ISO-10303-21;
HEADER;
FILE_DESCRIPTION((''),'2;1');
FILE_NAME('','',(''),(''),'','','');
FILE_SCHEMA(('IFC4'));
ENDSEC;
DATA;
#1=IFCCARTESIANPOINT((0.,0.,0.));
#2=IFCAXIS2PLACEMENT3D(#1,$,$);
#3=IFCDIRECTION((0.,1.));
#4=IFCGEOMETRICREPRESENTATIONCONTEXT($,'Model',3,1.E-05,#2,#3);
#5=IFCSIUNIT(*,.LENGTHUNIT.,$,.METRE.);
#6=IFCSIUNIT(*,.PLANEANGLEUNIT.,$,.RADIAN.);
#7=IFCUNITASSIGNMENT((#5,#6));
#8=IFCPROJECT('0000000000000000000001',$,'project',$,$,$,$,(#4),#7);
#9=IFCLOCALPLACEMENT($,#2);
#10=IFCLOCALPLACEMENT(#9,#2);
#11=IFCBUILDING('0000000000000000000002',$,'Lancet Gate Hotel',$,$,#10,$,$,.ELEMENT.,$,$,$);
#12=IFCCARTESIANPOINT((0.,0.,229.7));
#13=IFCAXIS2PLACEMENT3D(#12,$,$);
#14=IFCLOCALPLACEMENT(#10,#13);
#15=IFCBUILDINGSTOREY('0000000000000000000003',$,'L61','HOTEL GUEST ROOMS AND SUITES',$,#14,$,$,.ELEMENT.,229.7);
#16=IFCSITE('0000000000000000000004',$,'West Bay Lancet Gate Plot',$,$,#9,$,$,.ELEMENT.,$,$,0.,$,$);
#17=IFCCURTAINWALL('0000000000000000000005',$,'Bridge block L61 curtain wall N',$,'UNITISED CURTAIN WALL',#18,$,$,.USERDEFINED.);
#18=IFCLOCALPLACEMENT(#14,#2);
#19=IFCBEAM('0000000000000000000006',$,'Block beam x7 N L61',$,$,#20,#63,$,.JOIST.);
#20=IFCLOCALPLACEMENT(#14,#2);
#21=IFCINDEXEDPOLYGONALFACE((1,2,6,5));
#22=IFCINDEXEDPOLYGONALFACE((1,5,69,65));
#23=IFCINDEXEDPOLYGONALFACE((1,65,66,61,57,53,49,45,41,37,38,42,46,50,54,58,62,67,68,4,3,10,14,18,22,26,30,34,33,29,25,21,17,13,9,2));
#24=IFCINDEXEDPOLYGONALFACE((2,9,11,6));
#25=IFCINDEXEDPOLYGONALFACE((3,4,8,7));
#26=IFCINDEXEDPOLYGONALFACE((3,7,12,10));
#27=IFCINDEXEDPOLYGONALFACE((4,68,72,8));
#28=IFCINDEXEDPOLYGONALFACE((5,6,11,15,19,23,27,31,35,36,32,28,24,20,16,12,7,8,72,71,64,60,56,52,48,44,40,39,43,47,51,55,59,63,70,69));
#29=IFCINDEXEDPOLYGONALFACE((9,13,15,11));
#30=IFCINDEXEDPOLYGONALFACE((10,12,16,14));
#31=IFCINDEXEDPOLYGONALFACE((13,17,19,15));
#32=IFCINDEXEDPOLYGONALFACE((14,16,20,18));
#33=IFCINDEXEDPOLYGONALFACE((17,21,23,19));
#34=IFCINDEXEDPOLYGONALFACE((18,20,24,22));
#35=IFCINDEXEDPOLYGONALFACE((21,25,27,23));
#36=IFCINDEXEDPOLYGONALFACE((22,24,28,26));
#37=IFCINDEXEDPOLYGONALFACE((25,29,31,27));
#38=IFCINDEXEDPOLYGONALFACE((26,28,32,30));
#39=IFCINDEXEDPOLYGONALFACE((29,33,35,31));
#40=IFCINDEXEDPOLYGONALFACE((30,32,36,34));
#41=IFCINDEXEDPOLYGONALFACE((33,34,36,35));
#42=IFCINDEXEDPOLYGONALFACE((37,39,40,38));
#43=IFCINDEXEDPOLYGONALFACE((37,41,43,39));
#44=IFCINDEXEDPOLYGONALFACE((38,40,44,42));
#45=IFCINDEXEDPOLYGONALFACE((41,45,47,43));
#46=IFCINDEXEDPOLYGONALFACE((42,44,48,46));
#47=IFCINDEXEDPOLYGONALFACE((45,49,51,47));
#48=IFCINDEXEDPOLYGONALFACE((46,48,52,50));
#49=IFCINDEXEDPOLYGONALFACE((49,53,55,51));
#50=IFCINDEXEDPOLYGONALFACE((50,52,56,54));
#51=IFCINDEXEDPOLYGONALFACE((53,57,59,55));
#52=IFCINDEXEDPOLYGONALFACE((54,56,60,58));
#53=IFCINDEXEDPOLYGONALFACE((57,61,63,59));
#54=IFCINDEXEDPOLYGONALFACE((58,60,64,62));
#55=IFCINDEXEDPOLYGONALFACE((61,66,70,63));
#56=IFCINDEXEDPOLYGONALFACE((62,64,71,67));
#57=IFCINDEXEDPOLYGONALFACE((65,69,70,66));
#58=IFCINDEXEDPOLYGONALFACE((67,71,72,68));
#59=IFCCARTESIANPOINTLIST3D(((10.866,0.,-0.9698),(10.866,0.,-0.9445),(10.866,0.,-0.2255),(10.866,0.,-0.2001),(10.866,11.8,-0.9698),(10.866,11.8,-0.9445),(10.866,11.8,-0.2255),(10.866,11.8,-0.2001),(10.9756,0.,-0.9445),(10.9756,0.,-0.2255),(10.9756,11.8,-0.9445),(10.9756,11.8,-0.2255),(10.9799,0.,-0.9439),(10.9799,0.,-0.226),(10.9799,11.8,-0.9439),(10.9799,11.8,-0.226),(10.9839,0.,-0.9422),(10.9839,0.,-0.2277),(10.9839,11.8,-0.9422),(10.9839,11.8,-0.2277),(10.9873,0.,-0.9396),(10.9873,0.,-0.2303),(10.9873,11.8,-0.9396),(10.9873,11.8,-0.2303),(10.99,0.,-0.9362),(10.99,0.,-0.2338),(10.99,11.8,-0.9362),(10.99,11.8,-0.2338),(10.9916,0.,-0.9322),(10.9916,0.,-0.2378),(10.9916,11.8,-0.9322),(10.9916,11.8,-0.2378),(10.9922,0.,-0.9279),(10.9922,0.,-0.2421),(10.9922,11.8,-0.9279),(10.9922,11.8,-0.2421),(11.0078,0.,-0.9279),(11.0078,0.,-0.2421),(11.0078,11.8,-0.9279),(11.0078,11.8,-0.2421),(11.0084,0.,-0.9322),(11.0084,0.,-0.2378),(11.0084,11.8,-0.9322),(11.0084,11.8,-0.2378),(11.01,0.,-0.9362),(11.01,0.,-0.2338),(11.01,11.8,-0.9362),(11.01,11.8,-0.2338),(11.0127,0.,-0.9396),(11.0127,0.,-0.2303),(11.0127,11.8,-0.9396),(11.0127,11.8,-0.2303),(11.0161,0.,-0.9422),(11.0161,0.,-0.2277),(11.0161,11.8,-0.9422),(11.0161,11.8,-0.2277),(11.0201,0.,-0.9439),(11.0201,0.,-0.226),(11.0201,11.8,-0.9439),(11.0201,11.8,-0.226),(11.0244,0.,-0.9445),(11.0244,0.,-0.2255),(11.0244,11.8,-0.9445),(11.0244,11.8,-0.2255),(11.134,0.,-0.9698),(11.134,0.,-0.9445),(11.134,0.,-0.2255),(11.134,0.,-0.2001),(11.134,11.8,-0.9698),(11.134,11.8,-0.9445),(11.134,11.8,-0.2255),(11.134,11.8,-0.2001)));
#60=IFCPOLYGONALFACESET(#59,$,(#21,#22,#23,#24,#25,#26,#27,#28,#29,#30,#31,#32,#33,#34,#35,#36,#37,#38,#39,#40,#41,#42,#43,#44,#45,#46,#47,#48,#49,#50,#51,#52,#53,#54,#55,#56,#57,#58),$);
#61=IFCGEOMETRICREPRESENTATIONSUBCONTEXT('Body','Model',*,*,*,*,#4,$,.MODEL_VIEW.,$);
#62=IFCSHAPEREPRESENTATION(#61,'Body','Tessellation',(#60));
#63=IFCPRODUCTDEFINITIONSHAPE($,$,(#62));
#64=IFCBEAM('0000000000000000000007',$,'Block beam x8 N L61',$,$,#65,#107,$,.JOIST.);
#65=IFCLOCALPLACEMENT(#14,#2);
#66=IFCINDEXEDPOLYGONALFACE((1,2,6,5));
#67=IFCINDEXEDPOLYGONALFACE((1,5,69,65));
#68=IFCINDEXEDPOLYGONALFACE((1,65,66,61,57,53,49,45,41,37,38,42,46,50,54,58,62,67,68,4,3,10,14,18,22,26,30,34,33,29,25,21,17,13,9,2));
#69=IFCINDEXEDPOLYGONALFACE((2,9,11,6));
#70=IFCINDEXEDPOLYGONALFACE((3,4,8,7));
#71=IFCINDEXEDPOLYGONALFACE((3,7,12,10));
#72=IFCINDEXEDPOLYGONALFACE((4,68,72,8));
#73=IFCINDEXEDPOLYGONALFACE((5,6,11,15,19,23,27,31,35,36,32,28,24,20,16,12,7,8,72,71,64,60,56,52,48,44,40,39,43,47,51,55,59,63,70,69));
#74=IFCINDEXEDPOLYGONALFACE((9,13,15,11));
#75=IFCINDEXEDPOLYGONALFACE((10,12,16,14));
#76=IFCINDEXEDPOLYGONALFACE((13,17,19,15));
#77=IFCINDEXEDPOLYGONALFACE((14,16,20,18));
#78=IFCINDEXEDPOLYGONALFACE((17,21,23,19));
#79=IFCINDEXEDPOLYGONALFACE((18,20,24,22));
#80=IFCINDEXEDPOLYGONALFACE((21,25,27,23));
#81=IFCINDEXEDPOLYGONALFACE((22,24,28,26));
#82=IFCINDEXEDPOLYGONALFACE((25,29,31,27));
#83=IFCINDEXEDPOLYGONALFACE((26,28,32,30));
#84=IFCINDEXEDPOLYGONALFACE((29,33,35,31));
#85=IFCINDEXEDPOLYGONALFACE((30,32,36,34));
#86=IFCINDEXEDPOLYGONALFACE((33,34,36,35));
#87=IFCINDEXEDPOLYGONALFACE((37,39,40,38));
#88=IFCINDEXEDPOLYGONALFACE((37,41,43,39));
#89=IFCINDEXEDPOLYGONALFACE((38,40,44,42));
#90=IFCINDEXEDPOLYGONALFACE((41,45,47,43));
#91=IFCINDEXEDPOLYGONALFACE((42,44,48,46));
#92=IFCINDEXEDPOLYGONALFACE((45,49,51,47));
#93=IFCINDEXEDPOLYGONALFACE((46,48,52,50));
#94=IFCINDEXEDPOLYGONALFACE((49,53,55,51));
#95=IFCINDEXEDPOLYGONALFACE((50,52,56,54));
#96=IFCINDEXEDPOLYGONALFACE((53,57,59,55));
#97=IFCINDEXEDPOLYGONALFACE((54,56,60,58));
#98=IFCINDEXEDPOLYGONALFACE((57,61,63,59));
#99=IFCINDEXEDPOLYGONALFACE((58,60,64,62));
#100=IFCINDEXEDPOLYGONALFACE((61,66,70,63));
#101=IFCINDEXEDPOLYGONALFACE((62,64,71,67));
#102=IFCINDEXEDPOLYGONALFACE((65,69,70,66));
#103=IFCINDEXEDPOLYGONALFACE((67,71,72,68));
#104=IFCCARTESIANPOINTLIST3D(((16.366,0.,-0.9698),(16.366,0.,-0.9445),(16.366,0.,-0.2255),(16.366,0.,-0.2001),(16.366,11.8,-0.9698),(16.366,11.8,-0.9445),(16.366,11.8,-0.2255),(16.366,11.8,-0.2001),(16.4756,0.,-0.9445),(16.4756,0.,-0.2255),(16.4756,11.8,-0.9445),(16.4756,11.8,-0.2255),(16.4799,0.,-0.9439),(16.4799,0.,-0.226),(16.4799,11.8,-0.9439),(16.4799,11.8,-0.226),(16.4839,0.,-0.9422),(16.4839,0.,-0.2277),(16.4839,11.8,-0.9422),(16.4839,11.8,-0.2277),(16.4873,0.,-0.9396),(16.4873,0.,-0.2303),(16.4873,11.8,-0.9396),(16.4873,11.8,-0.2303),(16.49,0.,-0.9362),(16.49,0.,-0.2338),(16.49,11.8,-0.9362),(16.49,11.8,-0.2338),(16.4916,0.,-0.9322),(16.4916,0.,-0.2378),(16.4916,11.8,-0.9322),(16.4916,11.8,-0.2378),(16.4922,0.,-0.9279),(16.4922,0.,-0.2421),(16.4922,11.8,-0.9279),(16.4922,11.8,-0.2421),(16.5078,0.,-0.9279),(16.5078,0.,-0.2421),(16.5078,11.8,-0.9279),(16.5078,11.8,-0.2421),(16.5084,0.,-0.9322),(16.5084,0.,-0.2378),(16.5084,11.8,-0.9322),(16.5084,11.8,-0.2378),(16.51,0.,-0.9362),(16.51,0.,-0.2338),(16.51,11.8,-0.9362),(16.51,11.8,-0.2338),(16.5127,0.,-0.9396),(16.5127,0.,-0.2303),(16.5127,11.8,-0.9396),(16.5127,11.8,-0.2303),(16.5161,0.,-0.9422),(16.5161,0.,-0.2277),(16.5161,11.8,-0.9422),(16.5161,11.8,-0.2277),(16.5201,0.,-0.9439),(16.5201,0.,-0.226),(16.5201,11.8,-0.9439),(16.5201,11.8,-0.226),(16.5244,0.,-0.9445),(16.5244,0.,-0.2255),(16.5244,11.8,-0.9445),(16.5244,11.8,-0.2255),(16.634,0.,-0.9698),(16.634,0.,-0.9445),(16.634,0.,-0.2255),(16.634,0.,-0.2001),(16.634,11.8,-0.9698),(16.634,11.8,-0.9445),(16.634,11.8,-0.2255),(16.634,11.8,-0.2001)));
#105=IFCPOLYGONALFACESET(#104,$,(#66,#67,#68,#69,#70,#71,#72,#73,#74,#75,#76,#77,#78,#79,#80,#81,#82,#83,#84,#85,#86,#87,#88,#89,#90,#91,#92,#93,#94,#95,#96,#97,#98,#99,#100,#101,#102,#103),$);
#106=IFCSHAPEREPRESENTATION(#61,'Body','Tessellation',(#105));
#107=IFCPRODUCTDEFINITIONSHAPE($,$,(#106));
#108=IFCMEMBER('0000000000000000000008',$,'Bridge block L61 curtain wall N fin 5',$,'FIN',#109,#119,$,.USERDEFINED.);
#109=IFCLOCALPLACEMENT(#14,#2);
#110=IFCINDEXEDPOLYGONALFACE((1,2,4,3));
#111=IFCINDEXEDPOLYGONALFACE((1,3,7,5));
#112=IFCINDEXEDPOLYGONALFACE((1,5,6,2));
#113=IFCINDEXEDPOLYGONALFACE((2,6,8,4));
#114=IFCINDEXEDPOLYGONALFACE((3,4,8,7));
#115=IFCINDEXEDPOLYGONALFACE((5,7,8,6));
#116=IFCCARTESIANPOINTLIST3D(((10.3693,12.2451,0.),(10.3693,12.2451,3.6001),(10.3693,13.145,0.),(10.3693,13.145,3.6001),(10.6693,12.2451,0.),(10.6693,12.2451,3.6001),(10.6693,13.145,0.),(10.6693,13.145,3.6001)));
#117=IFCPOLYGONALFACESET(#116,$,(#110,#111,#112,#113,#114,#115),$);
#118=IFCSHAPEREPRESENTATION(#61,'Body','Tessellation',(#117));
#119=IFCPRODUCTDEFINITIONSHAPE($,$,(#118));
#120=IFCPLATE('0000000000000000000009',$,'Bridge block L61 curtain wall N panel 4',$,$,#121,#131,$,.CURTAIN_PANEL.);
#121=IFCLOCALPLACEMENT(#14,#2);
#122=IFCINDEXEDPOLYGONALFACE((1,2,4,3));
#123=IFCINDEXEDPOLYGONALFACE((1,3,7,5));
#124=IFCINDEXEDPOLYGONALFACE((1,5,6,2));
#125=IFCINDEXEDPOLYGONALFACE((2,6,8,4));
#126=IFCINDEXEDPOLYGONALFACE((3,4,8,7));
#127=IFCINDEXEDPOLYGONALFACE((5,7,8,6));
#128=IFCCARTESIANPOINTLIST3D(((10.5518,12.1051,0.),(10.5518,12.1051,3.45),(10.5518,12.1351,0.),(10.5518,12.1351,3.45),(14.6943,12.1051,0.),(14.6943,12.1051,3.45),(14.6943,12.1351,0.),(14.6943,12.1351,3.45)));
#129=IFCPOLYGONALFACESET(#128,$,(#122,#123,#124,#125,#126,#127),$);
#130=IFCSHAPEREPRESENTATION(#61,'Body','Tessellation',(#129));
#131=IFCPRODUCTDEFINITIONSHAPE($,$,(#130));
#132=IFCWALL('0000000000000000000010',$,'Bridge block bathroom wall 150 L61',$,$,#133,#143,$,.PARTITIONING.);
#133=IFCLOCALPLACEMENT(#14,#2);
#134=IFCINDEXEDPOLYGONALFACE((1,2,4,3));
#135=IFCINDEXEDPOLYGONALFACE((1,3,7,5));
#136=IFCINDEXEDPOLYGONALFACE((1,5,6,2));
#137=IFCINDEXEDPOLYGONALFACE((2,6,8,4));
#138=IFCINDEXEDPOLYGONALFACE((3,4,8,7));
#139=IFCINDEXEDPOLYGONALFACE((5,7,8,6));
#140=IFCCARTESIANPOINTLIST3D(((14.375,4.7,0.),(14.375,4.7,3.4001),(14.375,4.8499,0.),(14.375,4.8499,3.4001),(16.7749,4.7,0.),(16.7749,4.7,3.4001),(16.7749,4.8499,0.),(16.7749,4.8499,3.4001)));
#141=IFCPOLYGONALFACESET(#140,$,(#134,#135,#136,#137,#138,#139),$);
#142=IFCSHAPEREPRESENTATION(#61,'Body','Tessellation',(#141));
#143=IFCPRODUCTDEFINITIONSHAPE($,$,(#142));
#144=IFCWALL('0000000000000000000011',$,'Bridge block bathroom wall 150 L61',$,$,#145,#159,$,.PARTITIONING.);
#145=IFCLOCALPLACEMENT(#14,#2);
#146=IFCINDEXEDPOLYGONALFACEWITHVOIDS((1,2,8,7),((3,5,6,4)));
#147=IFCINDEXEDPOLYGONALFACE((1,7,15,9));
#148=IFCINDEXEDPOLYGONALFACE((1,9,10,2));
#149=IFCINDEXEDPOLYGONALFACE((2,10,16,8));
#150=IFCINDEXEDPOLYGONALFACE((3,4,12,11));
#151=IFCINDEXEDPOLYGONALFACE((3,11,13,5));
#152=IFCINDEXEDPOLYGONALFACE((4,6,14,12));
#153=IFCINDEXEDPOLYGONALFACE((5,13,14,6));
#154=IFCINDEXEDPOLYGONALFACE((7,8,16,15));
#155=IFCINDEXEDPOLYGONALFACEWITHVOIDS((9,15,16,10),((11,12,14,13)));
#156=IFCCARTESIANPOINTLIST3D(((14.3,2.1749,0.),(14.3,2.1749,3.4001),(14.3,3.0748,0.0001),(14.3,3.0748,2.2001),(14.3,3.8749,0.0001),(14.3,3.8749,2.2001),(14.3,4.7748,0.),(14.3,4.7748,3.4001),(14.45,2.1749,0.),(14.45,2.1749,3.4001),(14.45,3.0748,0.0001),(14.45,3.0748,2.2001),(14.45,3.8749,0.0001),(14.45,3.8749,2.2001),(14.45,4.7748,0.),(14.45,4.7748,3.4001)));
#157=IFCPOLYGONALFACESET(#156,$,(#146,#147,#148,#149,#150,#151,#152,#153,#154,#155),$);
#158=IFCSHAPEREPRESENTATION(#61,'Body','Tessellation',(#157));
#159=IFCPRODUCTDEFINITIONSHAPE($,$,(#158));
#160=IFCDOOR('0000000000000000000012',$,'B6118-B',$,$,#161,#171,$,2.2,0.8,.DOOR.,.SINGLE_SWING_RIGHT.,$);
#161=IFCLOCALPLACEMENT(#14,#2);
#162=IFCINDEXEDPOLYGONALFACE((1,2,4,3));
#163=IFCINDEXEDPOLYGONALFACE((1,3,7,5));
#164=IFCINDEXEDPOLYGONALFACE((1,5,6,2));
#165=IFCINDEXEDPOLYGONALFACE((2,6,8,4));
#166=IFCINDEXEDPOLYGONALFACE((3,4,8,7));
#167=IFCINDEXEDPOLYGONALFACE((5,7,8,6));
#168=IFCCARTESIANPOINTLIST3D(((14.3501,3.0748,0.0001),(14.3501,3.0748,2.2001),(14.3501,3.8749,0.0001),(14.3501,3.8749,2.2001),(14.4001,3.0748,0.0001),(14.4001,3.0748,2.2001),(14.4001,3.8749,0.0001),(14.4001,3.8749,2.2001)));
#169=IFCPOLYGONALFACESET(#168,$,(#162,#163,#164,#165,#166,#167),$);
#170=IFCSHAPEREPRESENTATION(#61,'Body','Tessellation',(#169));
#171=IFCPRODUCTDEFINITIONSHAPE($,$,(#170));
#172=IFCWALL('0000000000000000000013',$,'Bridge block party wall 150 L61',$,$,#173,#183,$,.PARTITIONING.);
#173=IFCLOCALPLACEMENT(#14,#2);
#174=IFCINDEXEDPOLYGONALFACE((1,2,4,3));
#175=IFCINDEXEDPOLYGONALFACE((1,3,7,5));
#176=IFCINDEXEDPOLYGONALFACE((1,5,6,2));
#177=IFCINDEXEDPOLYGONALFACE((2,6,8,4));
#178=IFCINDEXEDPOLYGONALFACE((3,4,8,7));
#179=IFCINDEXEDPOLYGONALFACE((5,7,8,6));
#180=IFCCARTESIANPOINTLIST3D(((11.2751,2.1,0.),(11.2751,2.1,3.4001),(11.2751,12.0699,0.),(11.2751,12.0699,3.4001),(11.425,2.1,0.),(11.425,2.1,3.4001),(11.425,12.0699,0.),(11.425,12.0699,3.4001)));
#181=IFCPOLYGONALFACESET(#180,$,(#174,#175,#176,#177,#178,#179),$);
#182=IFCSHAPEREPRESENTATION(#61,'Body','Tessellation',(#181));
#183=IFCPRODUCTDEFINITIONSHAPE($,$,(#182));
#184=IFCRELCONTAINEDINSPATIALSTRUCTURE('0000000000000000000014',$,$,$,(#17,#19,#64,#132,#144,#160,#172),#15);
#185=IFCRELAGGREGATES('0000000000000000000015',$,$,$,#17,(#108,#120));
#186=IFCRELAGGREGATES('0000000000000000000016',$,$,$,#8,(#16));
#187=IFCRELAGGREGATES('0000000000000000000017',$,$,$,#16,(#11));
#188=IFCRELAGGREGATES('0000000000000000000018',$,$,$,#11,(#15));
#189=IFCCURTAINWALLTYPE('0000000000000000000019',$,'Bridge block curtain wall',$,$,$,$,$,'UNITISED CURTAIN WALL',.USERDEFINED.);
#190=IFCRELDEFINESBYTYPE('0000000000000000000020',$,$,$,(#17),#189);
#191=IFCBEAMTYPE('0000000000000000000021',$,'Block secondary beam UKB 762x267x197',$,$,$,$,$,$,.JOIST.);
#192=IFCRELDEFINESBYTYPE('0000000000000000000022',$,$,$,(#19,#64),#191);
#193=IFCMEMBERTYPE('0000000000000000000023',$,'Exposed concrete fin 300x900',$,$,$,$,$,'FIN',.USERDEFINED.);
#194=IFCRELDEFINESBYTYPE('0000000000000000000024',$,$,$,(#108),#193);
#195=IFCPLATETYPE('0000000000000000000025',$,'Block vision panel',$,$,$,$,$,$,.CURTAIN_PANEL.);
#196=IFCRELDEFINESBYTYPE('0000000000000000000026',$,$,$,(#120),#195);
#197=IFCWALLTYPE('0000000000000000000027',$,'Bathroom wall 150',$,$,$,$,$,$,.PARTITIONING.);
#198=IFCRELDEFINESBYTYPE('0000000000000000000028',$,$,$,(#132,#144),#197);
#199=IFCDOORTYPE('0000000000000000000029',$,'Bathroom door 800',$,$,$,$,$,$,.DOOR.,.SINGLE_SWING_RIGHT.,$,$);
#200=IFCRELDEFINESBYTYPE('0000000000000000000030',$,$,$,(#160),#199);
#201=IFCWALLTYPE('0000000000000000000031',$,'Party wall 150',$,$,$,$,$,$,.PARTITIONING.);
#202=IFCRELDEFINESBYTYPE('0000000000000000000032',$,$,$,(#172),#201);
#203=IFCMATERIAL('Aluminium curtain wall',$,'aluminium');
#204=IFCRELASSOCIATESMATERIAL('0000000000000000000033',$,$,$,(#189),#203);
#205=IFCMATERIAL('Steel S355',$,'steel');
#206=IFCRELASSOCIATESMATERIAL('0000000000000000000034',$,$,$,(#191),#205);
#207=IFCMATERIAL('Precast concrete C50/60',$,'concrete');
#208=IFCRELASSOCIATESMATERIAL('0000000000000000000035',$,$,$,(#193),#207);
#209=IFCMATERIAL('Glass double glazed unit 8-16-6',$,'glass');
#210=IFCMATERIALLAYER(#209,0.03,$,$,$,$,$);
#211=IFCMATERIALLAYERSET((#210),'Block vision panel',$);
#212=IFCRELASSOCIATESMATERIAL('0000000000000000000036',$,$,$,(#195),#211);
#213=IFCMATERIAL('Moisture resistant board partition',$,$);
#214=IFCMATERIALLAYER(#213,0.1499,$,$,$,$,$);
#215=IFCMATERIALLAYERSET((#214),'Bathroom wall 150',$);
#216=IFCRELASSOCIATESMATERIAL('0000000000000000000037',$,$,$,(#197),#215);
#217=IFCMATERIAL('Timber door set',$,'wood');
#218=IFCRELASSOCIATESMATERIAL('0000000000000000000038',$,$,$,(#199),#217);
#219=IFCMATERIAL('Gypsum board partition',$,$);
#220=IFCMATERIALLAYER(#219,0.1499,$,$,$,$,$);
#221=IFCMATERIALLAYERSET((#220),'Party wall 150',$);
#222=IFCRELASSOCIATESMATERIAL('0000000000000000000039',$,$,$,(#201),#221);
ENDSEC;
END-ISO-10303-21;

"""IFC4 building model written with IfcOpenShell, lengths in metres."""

from ifc_helpers import new_model, si_unit, direction, frame, frame_2d, origin, origin_2d, place, context, subcontext, project, spatial, rectangle, i_section, extrude, material, layer, layer_set, material_profile, profile_set, type_object, element, fill, aggregate, save


model = new_model("IFC4")

# Units and contexts
model_context = context("Model", 3, precision=1e-05, world=origin(), true_north=direction((0.0, 1.0)))
body_context = subcontext(model_context, "Body", "Model", "MODEL_VIEW")
ifc_project = project(units=[si_unit("LENGTHUNIT", "METRE"), si_unit("PLANEANGLEUNIT", "RADIAN")], contexts=[model_context])

# Site, building, storey
site_placement = place(None, origin())
site = spatial("IfcSite", under=ifc_project, at=site_placement, Name="West Bay Lancet Gate Plot", CompositionType="ELEMENT", RefElevation=0.0)
building_placement = place(site_placement, origin())
building = spatial("IfcBuilding", under=site, at=building_placement, Name="Lancet Gate Hotel", CompositionType="ELEMENT")
storey_placement = place(building_placement, frame((0.0, 0.0, 229.7)))
storey = spatial("IfcBuildingStorey", under=building, at=storey_placement, Name="L61", Description="HOTEL GUEST ROOMS AND SUITES", CompositionType="ELEMENT", Elevation=229.7)

# Curtain wall
ifc_material_1 = material(Name="Aluminium curtain wall", Category="aluminium")
curtain_wall_type = type_object("IfcCurtainWallType", Name="Bridge block curtain wall", ElementType="UNITISED CURTAIN WALL", PredefinedType="USERDEFINED", material=ifc_material_1)
curtain_wall_placement = place(storey_placement, origin())
curtain_wall = element("IfcCurtainWall", 1, at=curtain_wall_placement, inside=storey, type_object=curtain_wall_type, Name="Bridge block L61 curtain wall N", ObjectType="UNITISED CURTAIN WALL", PredefinedType="USERDEFINED")

# Beams
ifc_material_2 = material(Name="Steel S355", Category="steel")
ifc_material_profile_1 = material_profile(ifc_material_2, i_section(OverallWidth=0.2681, OverallDepth=0.7698, WebThickness=0.0156, FlangeThickness=0.0254, FilletRadius=0.0166, at=origin_2d()), Name="UKB 762x267x197")
ifc_profile_set_1 = profile_set([ifc_material_profile_1], Name="Steel S355")
beam_type_1 = type_object("IfcBeamType", Name="Block secondary beam UKB 762x267x197", PredefinedType="JOIST", material=ifc_profile_set_1)
for number, where, z_axis, x_axis, name in (
    (2, (11.0, 0.0, -0.585), (0.0, 1.0, 0.0), (-1.0, 0.0, 0.0), "Block beam x7 N L61"),
    (3, (16.5, 0.0, -0.585), (0.0, 1.0, 0.0), (-1.0, 0.0, 0.0), "Block beam x8 N L61"),
):
    element("IfcBeam", number, at=place(storey_placement, frame(where, z_axis=z_axis, x_axis=x_axis)), inside=storey, type_object=beam_type_1, Name=name, PredefinedType="JOIST", context=body_context, shape_type="SweptSolid", body=[
        extrude(i_section(OverallWidth=0.2681, OverallDepth=0.7698, WebThickness=0.0156, FlangeThickness=0.0254, FilletRadius=0.0166, at=origin_2d()), origin(), (0.0, 0.0, 1.0), 11.8),
    ])

# Member
ifc_material_3 = material(Name="Precast concrete C50/60", Category="concrete")
ifc_material_profile_2 = material_profile(ifc_material_3, rectangle(XDim=0.3, YDim=0.8999, at=origin_2d()), Name="FIN 300x900")
ifc_profile_set_2 = profile_set([ifc_material_profile_2], Name="Precast concrete C50/60")
member_type_1 = type_object("IfcMemberType", Name="Exposed concrete fin 300x900", ElementType="FIN", PredefinedType="USERDEFINED", material=ifc_profile_set_2)
member_1_placement = place(storey_placement, frame((10.5193, 12.6951, 0.0), z_axis=(0.0, 0.0, 1.0), x_axis=(-1.0, 0.0, 0.0)))
member_1 = element("IfcMember", 4, at=member_1_placement, type_object=member_type_1, Name="Bridge block L61 curtain wall N fin 5", ObjectType="FIN", PredefinedType="USERDEFINED", context=body_context, shape_type="SweptSolid", body=[
    extrude(rectangle(XDim=0.3, YDim=0.8999, at=origin_2d()), origin(), (0.0, 0.0, 1.0), 3.6001),
])

# Plate
ifc_material_4 = material(Name="Glass double glazed unit 8-16-6", Category="glass")
ifc_layer_1 = layer(ifc_material_4, 0.03)
ifc_layer_set_1 = layer_set([ifc_layer_1], Name="Block vision panel")
plate_type = type_object("IfcPlateType", Name="Block vision panel", PredefinedType="CURTAIN_PANEL", material=ifc_layer_set_1)
plate_placement = place(storey_placement, frame((12.623, 12.1201, 0.0), z_axis=(0.0, 0.0, 1.0), x_axis=(-1.0, 0.0, 0.0)))
plate = element("IfcPlate", 5, at=plate_placement, type_object=plate_type, Name="Bridge block L61 curtain wall N panel 4", PredefinedType="CURTAIN_PANEL", context=body_context, shape_type="SweptSolid", body=[
    extrude(rectangle(XDim=4.1426, YDim=0.03, at=origin_2d()), origin(), (0.0, 0.0, 1.0), 3.45),
])
aggregate(curtain_wall, [member_1, plate])

# Wall
ifc_material_5 = material(Name="Moisture resistant board partition")
ifc_layer_2 = layer(ifc_material_5, 0.1499)
ifc_layer_set_2 = layer_set([ifc_layer_2], Name="Bathroom wall 150")
wall_type_1 = type_object("IfcWallType", Name="Bathroom wall 150", PredefinedType="PARTITIONING", material=ifc_layer_set_2)
wall_1_placement = place(storey_placement, frame((14.375, 4.7749, 0.0), z_axis=(0.0, 0.0, 1.0), x_axis=(1.0, 0.0, 0.0)))
element("IfcWall", 6, at=wall_1_placement, inside=storey, type_object=wall_type_1, Name="Bridge block bathroom wall 150 L61", PredefinedType="PARTITIONING", context=body_context, shape_type="SweptSolid", body=[
    extrude(rectangle(XDim=2.3999, YDim=0.1499, at=frame_2d((1.2, 0.0))), origin(), (0.0, 0.0, 1.0), 3.4001),
])

# Wall, opening, door
wall_2_placement = place(storey_placement, frame((14.375, 2.175, 0.0), z_axis=(0.0, 0.0, 1.0), x_axis=(0.0, 1.0, 0.0)))
wall_2 = element("IfcWall", 7, at=wall_2_placement, inside=storey, type_object=wall_type_1, Name="Bridge block bathroom wall 150 L61", PredefinedType="PARTITIONING", context=body_context, shape_type="SweptSolid", body=[
    extrude(rectangle(XDim=2.5999, YDim=0.1499, at=frame_2d((1.2998, 0.0))), origin(), (0.0, 0.0, 1.0), 3.4001),
])
opening_placement = place(wall_2_placement, frame((0.8999, 0.0, 0.0)))
opening = element("IfcOpeningElement", 8, at=opening_placement, cuts=wall_2, PredefinedType="OPENING", context=body_context, shape_type="SweptSolid", body=[
    extrude(rectangle(XDim=0.8, YDim=2.2, at=frame_2d((0.3999, 1.1001))), frame((0.0, 0.085, 0.0), z_axis=(0.0, -1.0, 0.0), x_axis=(1.0, 0.0, 0.0)), (0.0, 0.0, 1.0), 0.1699),
])
ifc_material_6 = material(Name="Timber door set", Category="wood")
door_type = type_object("IfcDoorType", Name="Bathroom door 800", OperationType="SINGLE_SWING_RIGHT", PredefinedType="DOOR", material=ifc_material_6)
door_placement = place(opening_placement, origin())
door = element("IfcDoor", 9, at=door_placement, inside=storey, type_object=door_type, Name="B6118-B", OperationType="SINGLE_SWING_RIGHT", OverallHeight=2.2, OverallWidth=0.8, PredefinedType="DOOR", context=body_context, shape_type="SweptSolid", body=[
    extrude(rectangle(XDim=0.8, YDim=2.2, at=frame_2d((0.3999, 1.1001))), frame((0.0, 0.0249, 0.0), z_axis=(0.0, -1.0, 0.0), x_axis=(1.0, 0.0, 0.0)), (0.0, 0.0, 1.0), 0.05),
])
fill(opening, door)

# Wall
ifc_material_7 = material(Name="Gypsum board partition")
ifc_layer_3 = layer(ifc_material_7, 0.1499)
ifc_layer_set_3 = layer_set([ifc_layer_3], Name="Party wall 150")
wall_type_2 = type_object("IfcWallType", Name="Party wall 150", PredefinedType="PARTITIONING", material=ifc_layer_set_3)
wall_3_placement = place(storey_placement, frame((11.3501, 2.1001, 0.0), z_axis=(0.0, 0.0, 1.0), x_axis=(0.0, 1.0, 0.0)))
element("IfcWall", 10, at=wall_3_placement, inside=storey, type_object=wall_type_2, Name="Bridge block party wall 150 L61", PredefinedType="PARTITIONING", context=body_context, shape_type="SweptSolid", body=[
    extrude(rectangle(XDim=9.97, YDim=0.1499, at=frame_2d((4.9849, 0.0))), origin(), (0.0, 0.0, 1.0), 3.4001),
])

save(model, "model.ifc")
